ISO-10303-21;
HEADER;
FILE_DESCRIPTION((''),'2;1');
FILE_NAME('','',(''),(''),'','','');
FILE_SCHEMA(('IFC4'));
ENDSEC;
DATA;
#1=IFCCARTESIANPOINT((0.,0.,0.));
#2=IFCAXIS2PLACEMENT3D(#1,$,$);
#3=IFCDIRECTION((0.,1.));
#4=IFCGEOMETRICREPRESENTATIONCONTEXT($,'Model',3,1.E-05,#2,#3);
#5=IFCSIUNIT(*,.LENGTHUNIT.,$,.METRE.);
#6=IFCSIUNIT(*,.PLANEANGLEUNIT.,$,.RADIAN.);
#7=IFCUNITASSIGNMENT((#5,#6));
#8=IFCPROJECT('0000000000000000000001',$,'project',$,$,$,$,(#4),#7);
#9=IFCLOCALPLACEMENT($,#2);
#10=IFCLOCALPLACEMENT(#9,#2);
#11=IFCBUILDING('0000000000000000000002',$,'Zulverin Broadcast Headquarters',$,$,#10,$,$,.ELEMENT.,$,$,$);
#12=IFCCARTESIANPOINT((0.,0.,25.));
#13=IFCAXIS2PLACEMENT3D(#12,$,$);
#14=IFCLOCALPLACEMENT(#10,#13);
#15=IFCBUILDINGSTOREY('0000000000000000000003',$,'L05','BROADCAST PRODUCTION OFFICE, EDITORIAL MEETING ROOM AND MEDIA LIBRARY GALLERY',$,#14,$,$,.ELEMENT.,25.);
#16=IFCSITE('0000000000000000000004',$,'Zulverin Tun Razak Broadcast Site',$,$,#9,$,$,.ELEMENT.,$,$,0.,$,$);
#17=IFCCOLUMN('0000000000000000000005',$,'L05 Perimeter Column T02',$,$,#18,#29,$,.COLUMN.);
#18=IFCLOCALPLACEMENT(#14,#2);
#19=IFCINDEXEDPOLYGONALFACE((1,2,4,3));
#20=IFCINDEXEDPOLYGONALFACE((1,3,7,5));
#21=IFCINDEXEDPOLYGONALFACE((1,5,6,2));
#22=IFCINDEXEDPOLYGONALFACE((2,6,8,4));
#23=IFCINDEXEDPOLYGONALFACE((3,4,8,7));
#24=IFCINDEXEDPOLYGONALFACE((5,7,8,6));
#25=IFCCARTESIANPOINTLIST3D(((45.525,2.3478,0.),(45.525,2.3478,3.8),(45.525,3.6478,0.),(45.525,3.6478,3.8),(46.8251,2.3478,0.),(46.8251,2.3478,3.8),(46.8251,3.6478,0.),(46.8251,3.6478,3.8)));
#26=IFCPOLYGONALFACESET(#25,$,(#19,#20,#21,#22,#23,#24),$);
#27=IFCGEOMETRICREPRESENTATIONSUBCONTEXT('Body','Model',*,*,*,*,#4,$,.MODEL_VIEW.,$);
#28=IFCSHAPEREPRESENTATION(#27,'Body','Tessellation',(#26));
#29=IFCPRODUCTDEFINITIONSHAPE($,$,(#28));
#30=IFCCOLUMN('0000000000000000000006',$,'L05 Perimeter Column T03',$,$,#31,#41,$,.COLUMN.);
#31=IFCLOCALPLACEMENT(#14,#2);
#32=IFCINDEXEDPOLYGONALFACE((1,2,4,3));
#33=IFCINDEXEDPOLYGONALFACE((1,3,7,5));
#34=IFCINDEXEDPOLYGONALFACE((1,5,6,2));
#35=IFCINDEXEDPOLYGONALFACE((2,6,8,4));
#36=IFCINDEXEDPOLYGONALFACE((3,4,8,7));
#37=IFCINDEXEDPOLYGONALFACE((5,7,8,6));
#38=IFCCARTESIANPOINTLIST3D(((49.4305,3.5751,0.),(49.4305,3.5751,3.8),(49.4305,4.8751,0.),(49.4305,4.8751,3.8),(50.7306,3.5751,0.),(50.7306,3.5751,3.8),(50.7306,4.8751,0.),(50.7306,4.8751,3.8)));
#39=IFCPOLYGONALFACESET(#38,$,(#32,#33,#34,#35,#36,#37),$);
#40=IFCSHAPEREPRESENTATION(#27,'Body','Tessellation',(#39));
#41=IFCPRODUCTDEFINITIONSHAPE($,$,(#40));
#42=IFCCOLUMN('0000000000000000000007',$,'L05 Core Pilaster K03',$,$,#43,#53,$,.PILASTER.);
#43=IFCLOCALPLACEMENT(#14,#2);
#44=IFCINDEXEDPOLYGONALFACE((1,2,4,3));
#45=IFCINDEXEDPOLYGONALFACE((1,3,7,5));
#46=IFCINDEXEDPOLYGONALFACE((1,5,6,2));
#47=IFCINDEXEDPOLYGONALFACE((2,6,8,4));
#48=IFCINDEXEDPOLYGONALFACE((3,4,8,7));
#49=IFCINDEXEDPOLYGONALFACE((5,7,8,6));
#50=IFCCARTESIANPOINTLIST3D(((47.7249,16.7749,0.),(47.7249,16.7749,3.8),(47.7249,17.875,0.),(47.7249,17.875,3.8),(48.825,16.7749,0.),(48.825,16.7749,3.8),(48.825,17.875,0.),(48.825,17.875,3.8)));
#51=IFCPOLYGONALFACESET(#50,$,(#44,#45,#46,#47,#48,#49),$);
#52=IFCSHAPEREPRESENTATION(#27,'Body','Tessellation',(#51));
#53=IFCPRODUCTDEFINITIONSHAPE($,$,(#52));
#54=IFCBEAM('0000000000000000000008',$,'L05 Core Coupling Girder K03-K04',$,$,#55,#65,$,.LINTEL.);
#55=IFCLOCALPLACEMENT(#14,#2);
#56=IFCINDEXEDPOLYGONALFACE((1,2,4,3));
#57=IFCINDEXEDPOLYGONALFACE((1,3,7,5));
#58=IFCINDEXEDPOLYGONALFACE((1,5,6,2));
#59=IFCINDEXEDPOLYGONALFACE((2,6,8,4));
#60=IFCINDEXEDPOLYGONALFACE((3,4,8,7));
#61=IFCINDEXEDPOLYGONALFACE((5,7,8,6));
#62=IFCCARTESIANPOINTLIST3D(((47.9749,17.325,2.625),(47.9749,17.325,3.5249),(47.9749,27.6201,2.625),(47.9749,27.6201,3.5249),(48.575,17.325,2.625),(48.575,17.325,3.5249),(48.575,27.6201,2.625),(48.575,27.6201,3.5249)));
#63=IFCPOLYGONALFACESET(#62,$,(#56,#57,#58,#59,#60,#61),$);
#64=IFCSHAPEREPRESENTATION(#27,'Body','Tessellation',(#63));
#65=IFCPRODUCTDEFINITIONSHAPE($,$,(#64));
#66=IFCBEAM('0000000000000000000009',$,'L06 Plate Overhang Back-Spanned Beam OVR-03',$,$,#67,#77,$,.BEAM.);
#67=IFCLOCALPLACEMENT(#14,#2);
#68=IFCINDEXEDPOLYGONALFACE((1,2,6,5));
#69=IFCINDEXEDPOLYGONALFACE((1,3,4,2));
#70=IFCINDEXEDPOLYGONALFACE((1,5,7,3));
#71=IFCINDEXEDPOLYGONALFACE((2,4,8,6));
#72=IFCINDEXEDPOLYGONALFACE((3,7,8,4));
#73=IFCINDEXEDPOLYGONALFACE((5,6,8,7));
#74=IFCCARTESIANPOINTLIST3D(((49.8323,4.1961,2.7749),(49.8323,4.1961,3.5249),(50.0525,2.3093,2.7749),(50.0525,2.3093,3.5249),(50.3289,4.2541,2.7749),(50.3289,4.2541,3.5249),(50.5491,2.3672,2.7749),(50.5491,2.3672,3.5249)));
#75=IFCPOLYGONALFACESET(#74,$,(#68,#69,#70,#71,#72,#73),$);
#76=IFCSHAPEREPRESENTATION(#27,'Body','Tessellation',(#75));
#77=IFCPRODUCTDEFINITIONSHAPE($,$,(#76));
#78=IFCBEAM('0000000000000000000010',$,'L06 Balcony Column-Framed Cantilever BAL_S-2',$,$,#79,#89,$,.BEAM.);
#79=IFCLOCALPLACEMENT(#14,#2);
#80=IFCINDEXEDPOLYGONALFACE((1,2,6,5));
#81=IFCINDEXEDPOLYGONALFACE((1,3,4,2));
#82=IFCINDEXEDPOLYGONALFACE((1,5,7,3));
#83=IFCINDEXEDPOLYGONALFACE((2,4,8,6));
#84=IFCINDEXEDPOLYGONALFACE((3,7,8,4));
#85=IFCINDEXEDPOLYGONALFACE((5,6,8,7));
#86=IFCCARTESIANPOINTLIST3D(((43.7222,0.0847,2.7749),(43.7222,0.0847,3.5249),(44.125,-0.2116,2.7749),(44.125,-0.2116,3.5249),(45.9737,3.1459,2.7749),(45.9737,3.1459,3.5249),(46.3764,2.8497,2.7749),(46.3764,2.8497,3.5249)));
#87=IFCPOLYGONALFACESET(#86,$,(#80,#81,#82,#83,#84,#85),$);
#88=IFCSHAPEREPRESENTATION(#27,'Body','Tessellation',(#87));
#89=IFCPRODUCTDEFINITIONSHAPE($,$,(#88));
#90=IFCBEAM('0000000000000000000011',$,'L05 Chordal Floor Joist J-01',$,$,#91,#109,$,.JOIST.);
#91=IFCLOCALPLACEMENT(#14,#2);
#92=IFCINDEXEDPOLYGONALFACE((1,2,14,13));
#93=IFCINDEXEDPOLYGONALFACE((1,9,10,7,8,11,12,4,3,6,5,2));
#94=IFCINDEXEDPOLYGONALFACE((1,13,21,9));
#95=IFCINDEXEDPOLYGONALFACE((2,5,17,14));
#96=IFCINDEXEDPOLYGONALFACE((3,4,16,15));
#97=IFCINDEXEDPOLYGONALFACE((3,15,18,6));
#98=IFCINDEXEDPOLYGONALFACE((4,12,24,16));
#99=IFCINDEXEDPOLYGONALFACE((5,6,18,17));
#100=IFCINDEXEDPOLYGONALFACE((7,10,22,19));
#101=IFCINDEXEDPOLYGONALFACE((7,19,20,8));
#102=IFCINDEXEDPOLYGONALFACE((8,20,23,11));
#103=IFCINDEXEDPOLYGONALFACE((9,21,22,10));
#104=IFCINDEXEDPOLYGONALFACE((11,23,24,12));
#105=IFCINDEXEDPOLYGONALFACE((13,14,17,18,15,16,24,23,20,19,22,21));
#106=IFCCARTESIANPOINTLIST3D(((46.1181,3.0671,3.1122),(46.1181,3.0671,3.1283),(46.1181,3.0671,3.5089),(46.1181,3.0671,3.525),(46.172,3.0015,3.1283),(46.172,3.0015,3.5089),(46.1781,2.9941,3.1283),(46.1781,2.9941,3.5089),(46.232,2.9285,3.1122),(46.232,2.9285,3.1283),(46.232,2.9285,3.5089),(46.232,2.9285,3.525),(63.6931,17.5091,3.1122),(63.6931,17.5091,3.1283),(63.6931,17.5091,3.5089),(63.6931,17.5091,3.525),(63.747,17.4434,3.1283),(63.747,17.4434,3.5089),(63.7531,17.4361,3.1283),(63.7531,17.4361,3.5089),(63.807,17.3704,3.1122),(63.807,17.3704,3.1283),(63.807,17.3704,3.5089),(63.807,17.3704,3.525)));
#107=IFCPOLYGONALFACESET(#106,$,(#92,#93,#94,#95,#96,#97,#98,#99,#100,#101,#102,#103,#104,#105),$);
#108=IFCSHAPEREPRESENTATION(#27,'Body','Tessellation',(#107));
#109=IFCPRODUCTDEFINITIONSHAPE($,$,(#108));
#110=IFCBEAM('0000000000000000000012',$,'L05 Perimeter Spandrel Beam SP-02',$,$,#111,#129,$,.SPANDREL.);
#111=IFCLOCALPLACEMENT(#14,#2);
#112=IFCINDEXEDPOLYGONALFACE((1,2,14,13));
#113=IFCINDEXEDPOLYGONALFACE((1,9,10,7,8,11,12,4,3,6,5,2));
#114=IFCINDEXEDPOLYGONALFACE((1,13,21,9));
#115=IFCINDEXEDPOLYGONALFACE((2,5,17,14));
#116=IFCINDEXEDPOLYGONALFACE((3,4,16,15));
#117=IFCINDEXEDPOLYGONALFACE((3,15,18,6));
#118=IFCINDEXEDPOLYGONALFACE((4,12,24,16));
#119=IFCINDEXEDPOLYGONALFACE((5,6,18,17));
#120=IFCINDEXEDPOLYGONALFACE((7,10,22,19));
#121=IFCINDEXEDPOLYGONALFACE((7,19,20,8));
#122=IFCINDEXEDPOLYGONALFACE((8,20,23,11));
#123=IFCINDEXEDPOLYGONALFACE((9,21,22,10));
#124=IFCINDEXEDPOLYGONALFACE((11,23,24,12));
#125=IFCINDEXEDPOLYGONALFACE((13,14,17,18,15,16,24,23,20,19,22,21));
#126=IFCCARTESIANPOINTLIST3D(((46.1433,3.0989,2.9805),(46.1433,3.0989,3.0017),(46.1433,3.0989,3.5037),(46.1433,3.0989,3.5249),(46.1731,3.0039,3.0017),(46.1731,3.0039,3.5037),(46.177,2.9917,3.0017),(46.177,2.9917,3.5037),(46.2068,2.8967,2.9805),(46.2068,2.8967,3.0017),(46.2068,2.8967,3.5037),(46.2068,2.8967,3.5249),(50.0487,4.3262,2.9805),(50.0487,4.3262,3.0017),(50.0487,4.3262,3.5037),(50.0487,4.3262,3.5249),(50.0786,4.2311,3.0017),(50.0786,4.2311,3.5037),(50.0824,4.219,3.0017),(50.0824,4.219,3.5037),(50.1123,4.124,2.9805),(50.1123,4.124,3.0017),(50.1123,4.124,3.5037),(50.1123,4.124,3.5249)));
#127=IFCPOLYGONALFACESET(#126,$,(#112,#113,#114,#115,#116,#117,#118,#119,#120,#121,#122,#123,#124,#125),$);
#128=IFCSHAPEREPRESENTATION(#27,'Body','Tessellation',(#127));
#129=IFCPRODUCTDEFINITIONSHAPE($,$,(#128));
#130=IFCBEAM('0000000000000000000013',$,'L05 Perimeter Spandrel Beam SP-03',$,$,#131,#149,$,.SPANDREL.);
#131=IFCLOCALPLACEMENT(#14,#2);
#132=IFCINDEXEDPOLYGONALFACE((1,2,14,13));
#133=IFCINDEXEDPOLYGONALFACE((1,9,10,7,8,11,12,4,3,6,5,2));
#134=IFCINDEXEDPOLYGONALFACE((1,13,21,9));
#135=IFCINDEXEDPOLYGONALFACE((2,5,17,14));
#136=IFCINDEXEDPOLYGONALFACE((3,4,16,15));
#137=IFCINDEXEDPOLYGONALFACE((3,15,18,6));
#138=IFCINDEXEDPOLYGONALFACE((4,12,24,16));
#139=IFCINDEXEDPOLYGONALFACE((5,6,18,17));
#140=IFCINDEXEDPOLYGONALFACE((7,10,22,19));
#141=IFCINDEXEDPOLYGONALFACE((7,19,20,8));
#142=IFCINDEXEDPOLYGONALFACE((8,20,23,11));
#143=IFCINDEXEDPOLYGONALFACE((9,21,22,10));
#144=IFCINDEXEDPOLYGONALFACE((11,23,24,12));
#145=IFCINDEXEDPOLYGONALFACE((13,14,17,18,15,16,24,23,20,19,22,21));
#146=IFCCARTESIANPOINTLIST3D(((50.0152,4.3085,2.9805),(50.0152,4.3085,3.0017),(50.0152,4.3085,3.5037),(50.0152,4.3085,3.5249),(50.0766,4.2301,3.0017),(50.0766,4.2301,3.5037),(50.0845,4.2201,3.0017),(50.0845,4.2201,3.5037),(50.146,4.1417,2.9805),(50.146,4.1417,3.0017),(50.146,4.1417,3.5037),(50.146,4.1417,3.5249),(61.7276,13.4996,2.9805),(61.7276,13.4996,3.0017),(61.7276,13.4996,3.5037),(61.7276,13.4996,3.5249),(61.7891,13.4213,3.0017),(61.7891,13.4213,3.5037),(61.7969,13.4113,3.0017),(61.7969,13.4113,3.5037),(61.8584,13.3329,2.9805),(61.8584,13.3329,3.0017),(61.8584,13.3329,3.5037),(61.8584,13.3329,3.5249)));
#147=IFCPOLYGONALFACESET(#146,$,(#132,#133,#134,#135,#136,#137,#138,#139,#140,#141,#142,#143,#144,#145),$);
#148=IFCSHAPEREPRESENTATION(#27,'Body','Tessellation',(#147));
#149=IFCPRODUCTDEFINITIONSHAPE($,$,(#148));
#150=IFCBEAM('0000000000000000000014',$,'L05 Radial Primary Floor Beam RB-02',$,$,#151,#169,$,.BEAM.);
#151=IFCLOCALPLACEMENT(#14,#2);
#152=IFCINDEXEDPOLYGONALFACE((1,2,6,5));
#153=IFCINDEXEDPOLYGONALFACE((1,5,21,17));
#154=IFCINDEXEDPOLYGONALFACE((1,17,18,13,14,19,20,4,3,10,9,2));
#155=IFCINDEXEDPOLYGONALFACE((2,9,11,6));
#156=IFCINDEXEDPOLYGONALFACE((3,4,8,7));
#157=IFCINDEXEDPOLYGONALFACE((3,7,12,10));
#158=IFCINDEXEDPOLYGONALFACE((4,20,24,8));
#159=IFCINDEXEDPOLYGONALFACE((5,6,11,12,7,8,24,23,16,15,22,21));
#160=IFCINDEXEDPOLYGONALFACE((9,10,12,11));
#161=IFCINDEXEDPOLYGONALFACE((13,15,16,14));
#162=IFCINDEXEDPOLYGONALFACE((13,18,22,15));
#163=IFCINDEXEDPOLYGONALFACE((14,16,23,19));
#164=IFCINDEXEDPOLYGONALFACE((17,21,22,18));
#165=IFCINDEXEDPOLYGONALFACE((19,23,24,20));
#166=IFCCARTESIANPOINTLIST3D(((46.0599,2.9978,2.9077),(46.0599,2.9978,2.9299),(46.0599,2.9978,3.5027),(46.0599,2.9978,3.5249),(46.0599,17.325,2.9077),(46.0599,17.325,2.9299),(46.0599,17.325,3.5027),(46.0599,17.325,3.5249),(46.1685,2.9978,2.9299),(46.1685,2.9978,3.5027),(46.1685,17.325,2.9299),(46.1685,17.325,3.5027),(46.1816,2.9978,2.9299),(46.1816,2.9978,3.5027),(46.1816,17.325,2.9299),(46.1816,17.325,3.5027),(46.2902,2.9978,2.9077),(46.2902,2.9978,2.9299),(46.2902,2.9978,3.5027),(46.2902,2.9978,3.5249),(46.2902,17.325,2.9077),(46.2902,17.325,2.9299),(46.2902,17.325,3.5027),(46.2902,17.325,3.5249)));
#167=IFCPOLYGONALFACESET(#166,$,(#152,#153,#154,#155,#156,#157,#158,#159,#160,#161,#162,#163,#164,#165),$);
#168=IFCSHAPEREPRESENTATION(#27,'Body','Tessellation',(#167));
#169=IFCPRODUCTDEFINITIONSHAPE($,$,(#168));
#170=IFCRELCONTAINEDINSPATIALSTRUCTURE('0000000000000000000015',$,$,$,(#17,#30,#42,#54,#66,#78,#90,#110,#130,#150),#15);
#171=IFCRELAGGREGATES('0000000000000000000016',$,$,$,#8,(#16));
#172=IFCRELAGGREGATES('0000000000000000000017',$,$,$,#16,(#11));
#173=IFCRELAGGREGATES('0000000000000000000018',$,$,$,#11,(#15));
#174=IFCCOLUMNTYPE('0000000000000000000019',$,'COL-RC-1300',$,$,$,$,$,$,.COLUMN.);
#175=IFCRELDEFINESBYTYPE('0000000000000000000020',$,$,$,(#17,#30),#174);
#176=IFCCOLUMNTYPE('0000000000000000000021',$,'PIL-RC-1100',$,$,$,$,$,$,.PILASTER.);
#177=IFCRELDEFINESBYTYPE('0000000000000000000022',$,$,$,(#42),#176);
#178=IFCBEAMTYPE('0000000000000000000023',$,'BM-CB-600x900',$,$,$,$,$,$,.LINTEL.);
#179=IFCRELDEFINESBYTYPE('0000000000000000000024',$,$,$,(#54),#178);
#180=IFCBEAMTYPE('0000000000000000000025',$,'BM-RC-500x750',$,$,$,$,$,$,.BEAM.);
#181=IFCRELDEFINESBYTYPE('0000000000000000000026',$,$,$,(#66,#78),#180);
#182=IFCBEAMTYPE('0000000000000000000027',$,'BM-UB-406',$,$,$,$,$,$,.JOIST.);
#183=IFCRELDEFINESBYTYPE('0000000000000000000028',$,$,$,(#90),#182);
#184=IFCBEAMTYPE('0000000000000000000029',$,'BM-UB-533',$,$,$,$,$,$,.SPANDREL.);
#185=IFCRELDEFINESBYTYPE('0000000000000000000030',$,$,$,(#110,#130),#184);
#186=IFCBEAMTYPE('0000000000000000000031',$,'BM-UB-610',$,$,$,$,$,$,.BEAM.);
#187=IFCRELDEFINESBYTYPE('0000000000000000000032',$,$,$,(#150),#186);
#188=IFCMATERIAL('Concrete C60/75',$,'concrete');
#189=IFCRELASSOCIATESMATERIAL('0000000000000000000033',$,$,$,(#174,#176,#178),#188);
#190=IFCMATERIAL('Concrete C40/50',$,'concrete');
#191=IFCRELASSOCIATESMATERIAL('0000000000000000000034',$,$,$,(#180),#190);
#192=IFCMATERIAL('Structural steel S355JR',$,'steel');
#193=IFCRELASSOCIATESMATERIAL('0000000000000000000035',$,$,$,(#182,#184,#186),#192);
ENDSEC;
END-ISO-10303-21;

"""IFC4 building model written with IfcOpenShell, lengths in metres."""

from ifc_helpers import new_model, si_unit, direction, frame, origin, origin_2d, place, context, subcontext, project, spatial, rectangle, i_section, extrude, material, material_profile, profile_set, type_object, element, save


model = new_model("IFC4")

# Units and contexts
model_context = context("Model", 3, precision=1e-05, world=origin(), true_north=direction((0.0, 1.0)))
body_context = subcontext(model_context, "Body", "Model", "MODEL_VIEW")
ifc_project = project(units=[si_unit("LENGTHUNIT", "METRE"), si_unit("PLANEANGLEUNIT", "RADIAN")], contexts=[model_context])

# Site, building, storey
site_placement = place(None, origin())
site = spatial("IfcSite", under=ifc_project, at=site_placement, Name="Zulverin Tun Razak Broadcast Site", CompositionType="ELEMENT", RefElevation=0.0)
building_placement = place(site_placement, origin())
building = spatial("IfcBuilding", under=site, at=building_placement, Name="Zulverin Broadcast Headquarters", CompositionType="ELEMENT")
storey_placement = place(building_placement, frame((0.0, 0.0, 25.0)))
storey = spatial("IfcBuildingStorey", under=building, at=storey_placement, Name="L05", Description="BROADCAST PRODUCTION OFFICE, EDITORIAL MEETING ROOM AND MEDIA LIBRARY GALLERY", CompositionType="ELEMENT", Elevation=25.0)

# Columns
ifc_material_1 = material(Name="Concrete C60/75", Category="concrete")
ifc_material_profile_1 = material_profile(ifc_material_1, rectangle(XDim=1.3, YDim=1.3, at=origin_2d()), Name="Concrete C60/75", Category="concrete")
ifc_profile_set_1 = profile_set([ifc_material_profile_1], Name="Concrete C60/75")
column_type_1 = type_object("IfcColumnType", Name="COL-RC-1300", PredefinedType="COLUMN", material=ifc_profile_set_1)
for number, where, z_axis, x_axis, name in (
    (1, (46.175, 2.9978, 0.0), (0.0, 0.0, 1.0), (1.0, 0.0, 0.0), "L05 Perimeter Column T02"),
    (2, (50.0806, 4.2251, 0.0), (0.0, 0.0, 1.0), (1.0, 0.0, 0.0), "L05 Perimeter Column T03"),
):
    element("IfcColumn", number, at=place(storey_placement, frame(where, z_axis=z_axis, x_axis=x_axis)), inside=storey, type_object=column_type_1, Name=name, PredefinedType="COLUMN", context=body_context, shape_type="SweptSolid", body=[
        extrude(rectangle(XDim=1.3, YDim=1.3, at=origin_2d()), origin(), (0.0, 0.0, 1.0), 3.8),
    ])
ifc_material_profile_2 = material_profile(ifc_material_1, rectangle(XDim=1.1001, YDim=1.1001, at=origin_2d()), Name="Concrete C60/75", Category="concrete")
ifc_profile_set_2 = profile_set([ifc_material_profile_2], Name="Concrete C60/75")
column_type_2 = type_object("IfcColumnType", Name="PIL-RC-1100", PredefinedType="PILASTER", material=ifc_profile_set_2)
column_placement = place(storey_placement, frame((48.2749, 17.325, 0.0), z_axis=(0.0, 0.0, 1.0), x_axis=(1.0, 0.0, 0.0)))
element("IfcColumn", 3, at=column_placement, inside=storey, type_object=column_type_2, Name="L05 Core Pilaster K03", PredefinedType="PILASTER", context=body_context, shape_type="SweptSolid", body=[
    extrude(rectangle(XDim=1.1001, YDim=1.1001, at=origin_2d()), origin(), (0.0, 0.0, 1.0), 3.8),
])

# Beams
ifc_material_profile_3 = material_profile(ifc_material_1, rectangle(XDim=0.6001, YDim=0.8999, at=origin_2d()), Name="Concrete C60/75", Category="concrete")
ifc_profile_set_3 = profile_set([ifc_material_profile_3], Name="Concrete C60/75")
beam_type_1 = type_object("IfcBeamType", Name="BM-CB-600x900", PredefinedType="LINTEL", material=ifc_profile_set_3)
beam_1_placement = place(storey_placement, frame((48.2749, 17.325, 3.075), z_axis=(0.0, 1.0, 0.0), x_axis=(-1.0, 0.0, 0.0)))
element("IfcBeam", 4, at=beam_1_placement, inside=storey, type_object=beam_type_1, Name="L05 Core Coupling Girder K03-K04", PredefinedType="LINTEL", context=body_context, shape_type="SweptSolid", body=[
    extrude(rectangle(XDim=0.6001, YDim=0.8999, at=origin_2d()), origin(), (0.0, 0.0, 1.0), 10.2952),
])
ifc_material_2 = material(Name="Concrete C40/50", Category="concrete")
ifc_material_profile_4 = material_profile(ifc_material_2, rectangle(XDim=0.5, YDim=0.75, at=origin_2d()), Name="Concrete C40/50", Category="concrete")
ifc_profile_set_4 = profile_set([ifc_material_profile_4], Name="Concrete C40/50")
beam_type_2 = type_object("IfcBeamType", Name="BM-RC-500x750", PredefinedType="BEAM", material=ifc_profile_set_4)
beam_2_placement = place(storey_placement, frame((50.0806, 4.2251, 3.1499), z_axis=(0.115917, -0.993259, 0.0), x_axis=(0.993259, 0.115917, 0.0)))
element("IfcBeam", 5, at=beam_2_placement, inside=storey, type_object=beam_type_2, Name="L06 Plate Overhang Back-Spanned Beam OVR-03", PredefinedType="BEAM", context=body_context, shape_type="SweptSolid", body=[
    extrude(rectangle(XDim=0.5, YDim=0.75, at=origin_2d()), origin(), (0.0, 0.0, 1.0), 1.8997),
])
beam_3_placement = place(storey_placement, frame((46.175, 2.9978, 3.1499), z_axis=(-0.59248, -0.805585, 0.0), x_axis=(0.805585, -0.59248, 0.0)))
element("IfcBeam", 6, at=beam_3_placement, inside=storey, type_object=beam_type_2, Name="L06 Balcony Column-Framed Cantilever BAL_S-2", PredefinedType="BEAM", context=body_context, shape_type="SweptSolid", body=[
    extrude(rectangle(XDim=0.5, YDim=0.75, at=origin_2d()), origin(), (0.0, 0.0, 1.0), 3.8),
])
ifc_material_3 = material(Name="Structural steel S355JR", Category="steel")
ifc_material_profile_5 = material_profile(ifc_material_3, i_section(OverallWidth=0.1794, OverallDepth=0.4128, WebThickness=0.0095, FlangeThickness=0.0161, at=origin_2d()), Name="Structural steel S355JR", Category="steel")
ifc_profile_set_5 = profile_set([ifc_material_profile_5], Name="Structural steel S355JR")
beam_type_3 = type_object("IfcBeamType", Name="BM-UB-406", PredefinedType="JOIST", material=ifc_profile_set_5)
beam_4_placement = place(storey_placement, frame((46.175, 2.9978, 3.3186), z_axis=(0.772611, 0.634879, 0.0), x_axis=(-0.634879, 0.772611, 0.0)))
element("IfcBeam", 7, at=beam_4_placement, inside=storey, type_object=beam_type_3, Name="L05 Chordal Floor Joist J-01", PredefinedType="JOIST", context=body_context, shape_type="SweptSolid", body=[
    extrude(i_section(OverallWidth=0.1794, OverallDepth=0.4128, WebThickness=0.0095, FlangeThickness=0.0161, at=origin_2d()), origin(), (0.0, 0.0, 1.0), 22.7476),
])
ifc_material_profile_6 = material_profile(ifc_material_3, i_section(OverallWidth=0.2119, OverallDepth=0.5444, WebThickness=0.0127, FlangeThickness=0.0212, at=origin_2d()), Name="Structural steel S355JR", Category="steel")
ifc_profile_set_6 = profile_set([ifc_material_profile_6], Name="Structural steel S355JR")
beam_type_4 = type_object("IfcBeamType", Name="BM-UB-533", PredefinedType="SPANDREL", material=ifc_profile_set_6)
beam_5_placement = place(storey_placement, frame((46.175, 2.9978, 3.2527), z_axis=(0.954004, 0.299792, 0.0), x_axis=(-0.299792, 0.954004, 0.0)))
element("IfcBeam", 8, at=beam_5_placement, inside=storey, type_object=beam_type_4, Name="L05 Perimeter Spandrel Beam SP-02", PredefinedType="SPANDREL", context=body_context, shape_type="SweptSolid", body=[
    extrude(i_section(OverallWidth=0.2119, OverallDepth=0.5444, WebThickness=0.0127, FlangeThickness=0.0212, at=origin_2d()), origin(), (0.0, 0.0, 1.0), 4.0938),
])
beam_6_placement = place(storey_placement, frame((50.0806, 4.2251, 3.2527), z_axis=(0.786691, 0.617346, 0.0), x_axis=(-0.617346, 0.786691, 0.0)))
element("IfcBeam", 9, at=beam_6_placement, inside=storey, type_object=beam_type_4, Name="L05 Perimeter Spandrel Beam SP-03", PredefinedType="SPANDREL", context=body_context, shape_type="SweptSolid", body=[
    extrude(i_section(OverallWidth=0.2119, OverallDepth=0.5444, WebThickness=0.0127, FlangeThickness=0.0212, at=origin_2d()), origin(), (0.0, 0.0, 1.0), 14.8882),
])
ifc_material_profile_7 = material_profile(ifc_material_3, i_section(OverallWidth=0.2302, OverallDepth=0.6172, WebThickness=0.0132, FlangeThickness=0.0222, at=origin_2d()), Name="Structural steel S355JR", Category="steel")
ifc_profile_set_7 = profile_set([ifc_material_profile_7], Name="Structural steel S355JR")
beam_type_5 = type_object("IfcBeamType", Name="BM-UB-610", PredefinedType="BEAM", material=ifc_profile_set_7)
beam_7_placement = place(storey_placement, frame((46.175, 17.325, 3.2163), z_axis=(0.0, -1.0, 0.0), x_axis=(1.0, 0.0, 0.0)))
element("IfcBeam", 10, at=beam_7_placement, inside=storey, type_object=beam_type_5, Name="L05 Radial Primary Floor Beam RB-02", PredefinedType="BEAM", context=body_context, shape_type="SweptSolid", body=[
    extrude(i_section(OverallWidth=0.2302, OverallDepth=0.6172, WebThickness=0.0132, FlangeThickness=0.0222, at=origin_2d()), origin(), (0.0, 0.0, 1.0), 14.3271),
])

save(model, "model.ifc")
